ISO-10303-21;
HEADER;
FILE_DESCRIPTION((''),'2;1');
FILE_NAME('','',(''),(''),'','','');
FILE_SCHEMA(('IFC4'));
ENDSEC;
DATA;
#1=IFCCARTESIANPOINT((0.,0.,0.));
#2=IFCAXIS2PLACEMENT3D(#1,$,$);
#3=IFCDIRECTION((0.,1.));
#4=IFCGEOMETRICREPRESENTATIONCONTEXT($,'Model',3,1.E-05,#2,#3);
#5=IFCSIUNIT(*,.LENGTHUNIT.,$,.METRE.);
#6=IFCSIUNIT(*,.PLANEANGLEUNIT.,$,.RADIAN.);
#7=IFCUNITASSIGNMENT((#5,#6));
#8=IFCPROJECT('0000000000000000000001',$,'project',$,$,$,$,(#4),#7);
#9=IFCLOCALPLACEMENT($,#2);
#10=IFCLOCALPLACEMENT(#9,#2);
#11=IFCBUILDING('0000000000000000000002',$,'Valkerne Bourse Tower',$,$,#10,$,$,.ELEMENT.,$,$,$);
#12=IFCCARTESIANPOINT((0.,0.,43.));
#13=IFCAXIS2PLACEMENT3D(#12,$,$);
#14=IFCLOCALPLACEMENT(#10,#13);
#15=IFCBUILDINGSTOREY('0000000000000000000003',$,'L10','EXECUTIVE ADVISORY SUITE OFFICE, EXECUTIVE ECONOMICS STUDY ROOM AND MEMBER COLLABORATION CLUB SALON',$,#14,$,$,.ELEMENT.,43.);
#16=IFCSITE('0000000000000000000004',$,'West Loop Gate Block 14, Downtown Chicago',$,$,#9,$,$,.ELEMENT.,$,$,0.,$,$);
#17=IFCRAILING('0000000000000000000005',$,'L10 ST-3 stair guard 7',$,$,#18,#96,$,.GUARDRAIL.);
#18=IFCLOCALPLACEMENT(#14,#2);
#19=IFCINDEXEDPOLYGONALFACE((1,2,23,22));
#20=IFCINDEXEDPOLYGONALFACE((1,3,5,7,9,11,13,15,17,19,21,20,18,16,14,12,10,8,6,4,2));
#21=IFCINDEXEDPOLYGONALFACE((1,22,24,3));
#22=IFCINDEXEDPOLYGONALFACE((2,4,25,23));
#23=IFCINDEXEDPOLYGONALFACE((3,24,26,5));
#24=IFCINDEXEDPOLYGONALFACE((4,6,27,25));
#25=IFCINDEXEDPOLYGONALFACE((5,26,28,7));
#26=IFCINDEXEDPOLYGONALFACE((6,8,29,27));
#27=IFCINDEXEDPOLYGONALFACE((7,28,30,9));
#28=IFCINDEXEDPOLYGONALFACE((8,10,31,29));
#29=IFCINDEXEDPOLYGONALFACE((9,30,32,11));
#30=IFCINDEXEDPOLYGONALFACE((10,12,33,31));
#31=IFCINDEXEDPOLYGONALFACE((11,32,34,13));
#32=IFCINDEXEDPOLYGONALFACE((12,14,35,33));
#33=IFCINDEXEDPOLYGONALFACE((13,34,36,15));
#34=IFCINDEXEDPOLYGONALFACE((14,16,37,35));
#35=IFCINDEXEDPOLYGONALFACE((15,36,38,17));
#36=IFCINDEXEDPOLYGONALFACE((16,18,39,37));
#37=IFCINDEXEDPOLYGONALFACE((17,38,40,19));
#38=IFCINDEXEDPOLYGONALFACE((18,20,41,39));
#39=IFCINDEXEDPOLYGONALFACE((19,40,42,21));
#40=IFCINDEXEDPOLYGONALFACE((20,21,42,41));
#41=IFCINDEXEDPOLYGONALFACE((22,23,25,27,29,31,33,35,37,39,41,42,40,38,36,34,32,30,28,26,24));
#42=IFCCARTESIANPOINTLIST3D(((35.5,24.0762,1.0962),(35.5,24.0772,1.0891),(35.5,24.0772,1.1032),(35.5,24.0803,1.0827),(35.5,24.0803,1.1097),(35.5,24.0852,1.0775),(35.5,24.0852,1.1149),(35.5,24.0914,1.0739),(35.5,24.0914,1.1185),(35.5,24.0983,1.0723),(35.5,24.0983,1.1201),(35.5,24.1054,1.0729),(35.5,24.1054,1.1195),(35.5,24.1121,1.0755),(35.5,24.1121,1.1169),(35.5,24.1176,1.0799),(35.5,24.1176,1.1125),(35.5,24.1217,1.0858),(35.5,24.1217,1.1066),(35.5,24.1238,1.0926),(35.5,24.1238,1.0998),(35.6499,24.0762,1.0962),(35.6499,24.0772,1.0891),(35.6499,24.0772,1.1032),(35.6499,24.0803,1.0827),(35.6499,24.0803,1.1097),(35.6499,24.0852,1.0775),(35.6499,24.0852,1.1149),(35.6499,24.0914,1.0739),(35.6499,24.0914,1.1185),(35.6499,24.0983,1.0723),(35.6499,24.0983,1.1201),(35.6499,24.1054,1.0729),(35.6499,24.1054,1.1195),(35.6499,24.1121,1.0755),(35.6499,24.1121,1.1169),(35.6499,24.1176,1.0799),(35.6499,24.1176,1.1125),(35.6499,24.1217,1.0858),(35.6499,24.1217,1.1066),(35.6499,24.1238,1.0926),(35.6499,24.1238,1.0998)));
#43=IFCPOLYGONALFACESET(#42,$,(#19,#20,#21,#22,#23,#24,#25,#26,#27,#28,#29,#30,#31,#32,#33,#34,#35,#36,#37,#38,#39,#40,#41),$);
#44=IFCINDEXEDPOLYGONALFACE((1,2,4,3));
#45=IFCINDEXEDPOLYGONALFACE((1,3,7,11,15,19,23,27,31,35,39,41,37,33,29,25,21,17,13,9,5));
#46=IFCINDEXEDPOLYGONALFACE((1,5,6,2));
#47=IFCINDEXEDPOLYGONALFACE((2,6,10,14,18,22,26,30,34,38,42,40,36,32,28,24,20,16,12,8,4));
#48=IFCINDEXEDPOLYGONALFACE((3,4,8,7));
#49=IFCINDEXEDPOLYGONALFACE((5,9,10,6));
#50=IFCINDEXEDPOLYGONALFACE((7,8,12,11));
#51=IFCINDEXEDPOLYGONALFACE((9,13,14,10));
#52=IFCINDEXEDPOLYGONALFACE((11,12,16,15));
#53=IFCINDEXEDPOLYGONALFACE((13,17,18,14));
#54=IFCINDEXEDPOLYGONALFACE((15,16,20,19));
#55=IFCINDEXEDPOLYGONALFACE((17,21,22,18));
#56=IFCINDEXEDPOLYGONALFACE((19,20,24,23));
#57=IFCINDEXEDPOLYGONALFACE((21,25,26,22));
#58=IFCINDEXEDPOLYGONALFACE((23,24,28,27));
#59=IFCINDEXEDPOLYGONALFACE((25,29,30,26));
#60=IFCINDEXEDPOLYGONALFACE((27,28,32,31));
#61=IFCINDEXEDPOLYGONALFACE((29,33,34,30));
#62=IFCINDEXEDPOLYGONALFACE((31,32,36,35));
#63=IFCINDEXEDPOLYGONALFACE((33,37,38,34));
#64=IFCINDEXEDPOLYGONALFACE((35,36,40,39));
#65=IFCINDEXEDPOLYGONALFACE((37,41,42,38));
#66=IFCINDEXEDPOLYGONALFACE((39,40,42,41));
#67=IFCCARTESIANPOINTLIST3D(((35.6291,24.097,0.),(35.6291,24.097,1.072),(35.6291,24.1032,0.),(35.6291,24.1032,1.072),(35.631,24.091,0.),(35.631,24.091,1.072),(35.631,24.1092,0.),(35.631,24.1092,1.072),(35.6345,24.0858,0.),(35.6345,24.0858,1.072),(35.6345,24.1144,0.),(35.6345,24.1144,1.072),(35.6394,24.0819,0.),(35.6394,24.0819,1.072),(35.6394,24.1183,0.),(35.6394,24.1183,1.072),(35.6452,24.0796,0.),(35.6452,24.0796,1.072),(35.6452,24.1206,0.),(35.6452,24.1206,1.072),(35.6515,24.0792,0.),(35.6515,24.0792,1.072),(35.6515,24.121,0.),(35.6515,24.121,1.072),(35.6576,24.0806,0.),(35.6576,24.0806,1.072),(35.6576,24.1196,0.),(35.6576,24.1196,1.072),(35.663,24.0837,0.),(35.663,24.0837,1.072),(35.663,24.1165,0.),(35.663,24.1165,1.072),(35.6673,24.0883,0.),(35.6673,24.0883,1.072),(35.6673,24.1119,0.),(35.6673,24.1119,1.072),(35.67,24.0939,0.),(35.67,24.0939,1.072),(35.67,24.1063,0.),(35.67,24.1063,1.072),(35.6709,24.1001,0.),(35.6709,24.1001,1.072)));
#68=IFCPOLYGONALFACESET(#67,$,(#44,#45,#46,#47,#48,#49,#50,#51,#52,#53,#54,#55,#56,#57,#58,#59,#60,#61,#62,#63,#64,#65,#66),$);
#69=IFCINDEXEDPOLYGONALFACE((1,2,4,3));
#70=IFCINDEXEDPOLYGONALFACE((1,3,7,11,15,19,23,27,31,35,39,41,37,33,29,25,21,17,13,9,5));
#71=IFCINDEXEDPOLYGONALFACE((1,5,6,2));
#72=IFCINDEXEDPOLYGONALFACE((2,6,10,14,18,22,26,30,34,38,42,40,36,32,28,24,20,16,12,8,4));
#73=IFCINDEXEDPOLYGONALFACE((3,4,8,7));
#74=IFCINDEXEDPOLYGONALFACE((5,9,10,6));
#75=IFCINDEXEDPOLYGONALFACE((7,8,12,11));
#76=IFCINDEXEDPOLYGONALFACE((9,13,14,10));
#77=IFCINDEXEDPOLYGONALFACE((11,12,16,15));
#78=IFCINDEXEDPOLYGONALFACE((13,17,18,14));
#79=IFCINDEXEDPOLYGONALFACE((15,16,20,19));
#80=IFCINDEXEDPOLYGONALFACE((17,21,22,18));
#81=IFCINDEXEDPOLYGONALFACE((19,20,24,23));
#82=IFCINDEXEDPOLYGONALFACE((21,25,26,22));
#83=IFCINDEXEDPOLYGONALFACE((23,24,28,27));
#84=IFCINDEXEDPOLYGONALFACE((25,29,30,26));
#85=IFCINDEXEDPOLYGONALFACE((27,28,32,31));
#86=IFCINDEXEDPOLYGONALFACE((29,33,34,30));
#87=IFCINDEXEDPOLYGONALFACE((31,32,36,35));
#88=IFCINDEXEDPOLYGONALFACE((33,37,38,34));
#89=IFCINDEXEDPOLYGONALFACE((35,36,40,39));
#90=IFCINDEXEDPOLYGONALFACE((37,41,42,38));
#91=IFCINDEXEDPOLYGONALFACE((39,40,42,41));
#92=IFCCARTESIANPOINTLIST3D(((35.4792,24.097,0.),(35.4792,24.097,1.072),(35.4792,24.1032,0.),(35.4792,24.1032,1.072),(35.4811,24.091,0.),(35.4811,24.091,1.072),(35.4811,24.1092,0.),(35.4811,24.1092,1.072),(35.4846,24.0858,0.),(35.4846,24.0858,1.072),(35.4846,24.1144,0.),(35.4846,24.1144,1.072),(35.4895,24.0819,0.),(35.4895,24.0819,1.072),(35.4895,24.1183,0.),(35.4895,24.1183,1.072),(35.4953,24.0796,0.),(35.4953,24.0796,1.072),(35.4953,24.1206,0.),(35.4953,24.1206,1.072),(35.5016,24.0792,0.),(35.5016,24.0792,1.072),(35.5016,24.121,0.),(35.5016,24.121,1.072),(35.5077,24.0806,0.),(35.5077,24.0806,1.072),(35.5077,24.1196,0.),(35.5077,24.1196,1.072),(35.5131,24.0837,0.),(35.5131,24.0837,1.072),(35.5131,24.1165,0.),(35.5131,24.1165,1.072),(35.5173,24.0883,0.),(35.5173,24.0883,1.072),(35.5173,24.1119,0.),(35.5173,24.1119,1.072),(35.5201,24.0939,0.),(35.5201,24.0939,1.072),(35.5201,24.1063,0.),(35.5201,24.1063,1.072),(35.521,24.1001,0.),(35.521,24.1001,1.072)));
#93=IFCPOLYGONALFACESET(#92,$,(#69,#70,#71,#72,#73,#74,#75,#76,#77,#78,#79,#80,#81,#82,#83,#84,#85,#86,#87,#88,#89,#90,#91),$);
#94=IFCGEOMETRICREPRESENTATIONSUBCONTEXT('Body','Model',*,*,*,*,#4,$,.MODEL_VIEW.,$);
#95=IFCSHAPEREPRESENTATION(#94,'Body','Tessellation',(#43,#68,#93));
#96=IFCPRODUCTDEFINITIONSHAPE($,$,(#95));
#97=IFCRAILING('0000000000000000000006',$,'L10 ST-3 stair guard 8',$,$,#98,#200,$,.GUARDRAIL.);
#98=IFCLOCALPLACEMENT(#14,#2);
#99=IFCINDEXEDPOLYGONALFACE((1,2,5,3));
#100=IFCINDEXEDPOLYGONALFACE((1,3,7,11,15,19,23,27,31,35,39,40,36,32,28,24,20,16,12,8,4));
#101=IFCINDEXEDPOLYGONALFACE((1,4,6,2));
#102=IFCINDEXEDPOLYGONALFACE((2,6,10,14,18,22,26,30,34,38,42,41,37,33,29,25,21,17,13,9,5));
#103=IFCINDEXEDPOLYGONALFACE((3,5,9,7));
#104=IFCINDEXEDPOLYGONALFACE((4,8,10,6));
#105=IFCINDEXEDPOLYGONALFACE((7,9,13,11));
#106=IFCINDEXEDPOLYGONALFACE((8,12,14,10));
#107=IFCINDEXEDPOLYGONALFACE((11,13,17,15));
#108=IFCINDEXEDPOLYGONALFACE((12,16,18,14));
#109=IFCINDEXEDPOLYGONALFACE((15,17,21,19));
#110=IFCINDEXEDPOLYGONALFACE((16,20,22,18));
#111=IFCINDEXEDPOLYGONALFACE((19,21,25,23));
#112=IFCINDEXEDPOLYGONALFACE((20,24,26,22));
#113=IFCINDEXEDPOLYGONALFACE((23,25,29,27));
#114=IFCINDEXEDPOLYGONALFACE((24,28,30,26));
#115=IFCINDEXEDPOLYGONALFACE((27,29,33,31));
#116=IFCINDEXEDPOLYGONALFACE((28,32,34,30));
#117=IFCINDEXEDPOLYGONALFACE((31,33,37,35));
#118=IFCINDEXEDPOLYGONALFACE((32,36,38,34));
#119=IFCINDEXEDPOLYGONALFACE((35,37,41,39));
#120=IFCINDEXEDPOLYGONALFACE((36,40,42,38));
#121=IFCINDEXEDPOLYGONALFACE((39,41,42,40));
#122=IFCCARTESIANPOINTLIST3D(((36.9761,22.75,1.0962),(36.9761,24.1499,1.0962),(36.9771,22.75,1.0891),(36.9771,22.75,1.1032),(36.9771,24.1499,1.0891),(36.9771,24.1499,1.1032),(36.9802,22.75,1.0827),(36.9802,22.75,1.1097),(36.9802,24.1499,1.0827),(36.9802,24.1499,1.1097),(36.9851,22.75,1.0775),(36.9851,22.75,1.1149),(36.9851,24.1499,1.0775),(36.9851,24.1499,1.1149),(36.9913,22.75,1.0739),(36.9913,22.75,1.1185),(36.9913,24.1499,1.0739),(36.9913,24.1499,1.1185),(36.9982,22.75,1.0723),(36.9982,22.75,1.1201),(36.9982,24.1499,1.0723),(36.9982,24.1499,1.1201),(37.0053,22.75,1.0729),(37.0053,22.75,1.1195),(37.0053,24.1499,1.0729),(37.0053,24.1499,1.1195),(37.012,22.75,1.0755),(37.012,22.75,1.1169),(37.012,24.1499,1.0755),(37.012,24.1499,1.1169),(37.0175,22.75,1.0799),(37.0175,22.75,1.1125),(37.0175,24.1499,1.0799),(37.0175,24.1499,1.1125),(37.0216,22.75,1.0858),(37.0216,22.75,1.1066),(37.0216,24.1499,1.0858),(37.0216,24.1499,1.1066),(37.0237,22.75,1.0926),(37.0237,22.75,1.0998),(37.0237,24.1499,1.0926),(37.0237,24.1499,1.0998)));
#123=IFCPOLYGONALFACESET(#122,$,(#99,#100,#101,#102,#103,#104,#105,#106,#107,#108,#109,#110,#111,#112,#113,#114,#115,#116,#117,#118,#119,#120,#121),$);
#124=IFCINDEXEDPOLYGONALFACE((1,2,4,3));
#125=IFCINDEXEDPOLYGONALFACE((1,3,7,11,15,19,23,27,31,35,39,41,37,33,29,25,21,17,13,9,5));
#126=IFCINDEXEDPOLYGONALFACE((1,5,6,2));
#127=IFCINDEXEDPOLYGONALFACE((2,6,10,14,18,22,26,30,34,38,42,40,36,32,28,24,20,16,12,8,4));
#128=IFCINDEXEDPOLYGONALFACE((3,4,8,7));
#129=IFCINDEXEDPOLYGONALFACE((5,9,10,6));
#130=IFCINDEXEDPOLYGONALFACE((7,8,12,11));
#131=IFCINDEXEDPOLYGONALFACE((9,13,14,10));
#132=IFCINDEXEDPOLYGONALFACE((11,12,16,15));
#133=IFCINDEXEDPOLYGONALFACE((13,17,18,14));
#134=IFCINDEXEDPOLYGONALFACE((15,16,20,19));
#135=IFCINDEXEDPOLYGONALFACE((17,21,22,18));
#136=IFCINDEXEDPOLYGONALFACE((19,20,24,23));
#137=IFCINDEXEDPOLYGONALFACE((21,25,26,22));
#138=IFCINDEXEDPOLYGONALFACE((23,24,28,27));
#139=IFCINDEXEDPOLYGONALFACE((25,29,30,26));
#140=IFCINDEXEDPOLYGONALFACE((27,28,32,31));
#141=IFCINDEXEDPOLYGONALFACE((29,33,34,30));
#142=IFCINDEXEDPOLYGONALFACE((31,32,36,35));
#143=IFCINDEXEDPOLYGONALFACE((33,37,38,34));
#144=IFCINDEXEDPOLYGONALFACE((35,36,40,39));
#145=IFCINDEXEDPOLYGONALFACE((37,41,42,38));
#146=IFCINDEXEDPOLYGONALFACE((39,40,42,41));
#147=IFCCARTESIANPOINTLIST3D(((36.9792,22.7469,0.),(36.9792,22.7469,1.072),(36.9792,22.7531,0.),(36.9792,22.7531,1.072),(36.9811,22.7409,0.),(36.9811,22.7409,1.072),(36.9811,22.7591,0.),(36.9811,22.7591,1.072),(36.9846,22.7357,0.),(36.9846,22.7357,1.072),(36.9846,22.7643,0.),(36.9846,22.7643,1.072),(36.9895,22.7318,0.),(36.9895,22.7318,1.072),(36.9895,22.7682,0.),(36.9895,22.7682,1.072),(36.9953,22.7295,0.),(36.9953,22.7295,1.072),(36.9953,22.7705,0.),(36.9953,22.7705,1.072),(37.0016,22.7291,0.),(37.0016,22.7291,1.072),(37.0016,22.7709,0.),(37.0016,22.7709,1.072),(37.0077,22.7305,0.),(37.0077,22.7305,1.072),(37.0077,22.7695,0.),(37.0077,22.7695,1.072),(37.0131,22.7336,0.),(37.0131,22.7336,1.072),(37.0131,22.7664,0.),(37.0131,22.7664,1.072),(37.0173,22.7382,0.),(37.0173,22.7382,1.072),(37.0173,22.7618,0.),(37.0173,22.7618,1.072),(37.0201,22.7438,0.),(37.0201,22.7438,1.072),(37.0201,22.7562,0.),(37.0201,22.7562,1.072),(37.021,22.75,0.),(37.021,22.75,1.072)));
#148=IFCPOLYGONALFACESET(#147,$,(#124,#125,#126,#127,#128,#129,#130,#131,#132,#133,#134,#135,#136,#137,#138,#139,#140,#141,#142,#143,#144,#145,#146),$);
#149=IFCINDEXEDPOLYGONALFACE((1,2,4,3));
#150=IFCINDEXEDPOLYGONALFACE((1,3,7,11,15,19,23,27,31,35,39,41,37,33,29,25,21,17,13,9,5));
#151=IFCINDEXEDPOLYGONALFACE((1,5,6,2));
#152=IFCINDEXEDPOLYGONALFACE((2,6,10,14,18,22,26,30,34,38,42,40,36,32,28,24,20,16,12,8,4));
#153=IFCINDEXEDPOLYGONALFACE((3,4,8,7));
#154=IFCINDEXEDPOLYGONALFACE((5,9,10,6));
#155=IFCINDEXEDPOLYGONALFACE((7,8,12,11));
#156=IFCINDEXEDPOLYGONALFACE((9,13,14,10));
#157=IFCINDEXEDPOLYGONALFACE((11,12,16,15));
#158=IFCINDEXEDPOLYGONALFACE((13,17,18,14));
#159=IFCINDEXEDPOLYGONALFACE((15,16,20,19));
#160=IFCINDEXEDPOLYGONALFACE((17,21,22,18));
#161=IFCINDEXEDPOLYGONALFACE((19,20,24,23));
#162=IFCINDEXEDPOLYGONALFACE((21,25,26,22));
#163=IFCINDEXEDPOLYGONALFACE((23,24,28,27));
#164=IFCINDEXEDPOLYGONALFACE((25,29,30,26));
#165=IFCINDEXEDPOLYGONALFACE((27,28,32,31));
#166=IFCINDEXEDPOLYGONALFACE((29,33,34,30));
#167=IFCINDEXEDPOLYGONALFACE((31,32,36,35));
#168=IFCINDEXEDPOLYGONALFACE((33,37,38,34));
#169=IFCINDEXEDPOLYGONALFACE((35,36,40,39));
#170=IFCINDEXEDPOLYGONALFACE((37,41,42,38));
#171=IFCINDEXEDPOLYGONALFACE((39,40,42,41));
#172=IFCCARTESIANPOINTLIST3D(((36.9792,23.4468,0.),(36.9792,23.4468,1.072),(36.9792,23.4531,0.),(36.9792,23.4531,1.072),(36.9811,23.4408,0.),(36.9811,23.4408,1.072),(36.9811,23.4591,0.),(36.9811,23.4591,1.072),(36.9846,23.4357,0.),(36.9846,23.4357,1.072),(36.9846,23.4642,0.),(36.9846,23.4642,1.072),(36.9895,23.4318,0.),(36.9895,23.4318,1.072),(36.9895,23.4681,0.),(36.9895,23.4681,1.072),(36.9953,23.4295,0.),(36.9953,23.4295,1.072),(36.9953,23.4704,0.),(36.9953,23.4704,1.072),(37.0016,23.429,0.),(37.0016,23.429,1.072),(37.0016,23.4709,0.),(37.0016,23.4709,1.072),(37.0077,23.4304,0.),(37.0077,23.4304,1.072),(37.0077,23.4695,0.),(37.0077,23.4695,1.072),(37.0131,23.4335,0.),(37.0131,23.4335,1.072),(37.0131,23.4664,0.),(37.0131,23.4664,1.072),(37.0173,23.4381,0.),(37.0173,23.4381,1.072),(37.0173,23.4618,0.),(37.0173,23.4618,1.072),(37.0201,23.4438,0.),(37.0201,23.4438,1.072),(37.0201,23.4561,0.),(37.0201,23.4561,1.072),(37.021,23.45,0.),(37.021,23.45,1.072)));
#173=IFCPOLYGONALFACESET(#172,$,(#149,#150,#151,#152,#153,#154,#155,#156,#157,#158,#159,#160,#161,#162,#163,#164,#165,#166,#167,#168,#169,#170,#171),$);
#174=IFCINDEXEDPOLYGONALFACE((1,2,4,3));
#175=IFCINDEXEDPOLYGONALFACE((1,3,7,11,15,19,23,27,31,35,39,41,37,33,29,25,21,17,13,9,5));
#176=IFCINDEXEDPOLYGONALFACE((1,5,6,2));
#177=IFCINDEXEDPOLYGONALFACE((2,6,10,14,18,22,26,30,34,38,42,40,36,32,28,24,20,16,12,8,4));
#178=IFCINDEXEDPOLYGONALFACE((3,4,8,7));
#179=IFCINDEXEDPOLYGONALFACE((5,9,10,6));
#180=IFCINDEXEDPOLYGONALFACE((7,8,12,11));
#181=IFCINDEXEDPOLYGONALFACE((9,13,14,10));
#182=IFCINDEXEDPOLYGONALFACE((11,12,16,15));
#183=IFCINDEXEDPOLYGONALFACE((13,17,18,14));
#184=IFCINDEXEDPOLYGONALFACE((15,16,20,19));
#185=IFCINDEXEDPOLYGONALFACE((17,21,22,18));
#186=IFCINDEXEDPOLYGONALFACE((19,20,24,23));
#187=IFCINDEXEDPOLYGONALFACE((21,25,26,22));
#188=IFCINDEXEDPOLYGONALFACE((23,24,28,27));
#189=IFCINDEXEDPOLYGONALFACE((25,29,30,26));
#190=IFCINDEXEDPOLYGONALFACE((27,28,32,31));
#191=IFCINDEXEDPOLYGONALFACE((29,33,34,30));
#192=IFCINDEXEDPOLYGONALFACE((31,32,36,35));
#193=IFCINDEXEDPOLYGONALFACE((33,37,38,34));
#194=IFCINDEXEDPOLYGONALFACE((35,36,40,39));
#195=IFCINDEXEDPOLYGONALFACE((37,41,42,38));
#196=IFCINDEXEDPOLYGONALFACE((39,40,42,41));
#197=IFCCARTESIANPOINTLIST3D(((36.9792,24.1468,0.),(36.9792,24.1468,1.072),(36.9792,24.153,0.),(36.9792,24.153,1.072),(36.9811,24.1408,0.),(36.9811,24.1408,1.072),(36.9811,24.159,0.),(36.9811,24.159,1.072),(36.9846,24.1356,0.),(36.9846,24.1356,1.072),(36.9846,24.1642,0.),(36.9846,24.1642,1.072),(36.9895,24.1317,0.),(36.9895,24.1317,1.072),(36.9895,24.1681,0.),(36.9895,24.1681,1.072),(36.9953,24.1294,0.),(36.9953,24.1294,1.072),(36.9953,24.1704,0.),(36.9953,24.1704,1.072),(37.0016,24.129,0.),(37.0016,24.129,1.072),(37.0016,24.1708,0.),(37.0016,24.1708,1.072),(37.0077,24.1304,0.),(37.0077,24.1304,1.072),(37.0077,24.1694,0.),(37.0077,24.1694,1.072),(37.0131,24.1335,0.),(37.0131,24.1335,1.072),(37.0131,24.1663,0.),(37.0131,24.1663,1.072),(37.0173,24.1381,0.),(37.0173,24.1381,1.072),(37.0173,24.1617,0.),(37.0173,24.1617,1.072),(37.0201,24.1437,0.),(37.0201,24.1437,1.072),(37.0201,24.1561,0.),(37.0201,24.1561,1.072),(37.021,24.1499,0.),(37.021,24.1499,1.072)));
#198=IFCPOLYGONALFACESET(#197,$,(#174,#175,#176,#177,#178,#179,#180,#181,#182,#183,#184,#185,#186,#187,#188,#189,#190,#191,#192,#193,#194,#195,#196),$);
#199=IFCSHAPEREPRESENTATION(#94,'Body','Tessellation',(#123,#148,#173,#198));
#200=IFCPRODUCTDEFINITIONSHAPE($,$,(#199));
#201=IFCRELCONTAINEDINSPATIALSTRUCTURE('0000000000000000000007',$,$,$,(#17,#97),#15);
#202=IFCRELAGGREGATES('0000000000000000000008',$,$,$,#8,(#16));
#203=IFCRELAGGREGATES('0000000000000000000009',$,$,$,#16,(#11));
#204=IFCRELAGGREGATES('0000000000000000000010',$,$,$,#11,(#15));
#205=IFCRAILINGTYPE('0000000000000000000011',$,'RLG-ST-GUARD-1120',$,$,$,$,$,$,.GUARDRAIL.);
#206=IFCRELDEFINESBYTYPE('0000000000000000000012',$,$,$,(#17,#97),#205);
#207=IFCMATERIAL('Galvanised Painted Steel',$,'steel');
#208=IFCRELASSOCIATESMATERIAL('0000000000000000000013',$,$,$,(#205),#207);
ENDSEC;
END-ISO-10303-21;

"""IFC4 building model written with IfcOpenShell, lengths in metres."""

from ifc_helpers import new_model, si_unit, direction, frame, origin, origin_2d, place, context, subcontext, project, spatial, circle, extrude, material, type_object, element, save


model = new_model("IFC4")

# Units and contexts
model_context = context("Model", 3, precision=1e-05, world=origin(), true_north=direction((0.0, 1.0)))
body_context = subcontext(model_context, "Body", "Model", "MODEL_VIEW")
ifc_project = project(units=[si_unit("LENGTHUNIT", "METRE"), si_unit("PLANEANGLEUNIT", "RADIAN")], contexts=[model_context])

# Site, building, storey
site_placement = place(None, origin())
site = spatial("IfcSite", under=ifc_project, at=site_placement, Name="West Loop Gate Block 14, Downtown Chicago", CompositionType="ELEMENT", RefElevation=0.0)
building_placement = place(site_placement, origin())
building = spatial("IfcBuilding", under=site, at=building_placement, Name="Valkerne Bourse Tower", CompositionType="ELEMENT")
storey_placement = place(building_placement, frame((0.0, 0.0, 43.0)))
storey = spatial("IfcBuildingStorey", under=building, at=storey_placement, Name="L10", Description="EXECUTIVE ADVISORY SUITE OFFICE, EXECUTIVE ECONOMICS STUDY ROOM AND MEMBER COLLABORATION CLUB SALON", CompositionType="ELEMENT", Elevation=43.0)

# Shared definitions
ifc_material_1 = material(Name="Galvanised Painted Steel", Category="steel")

# Railings
railing_type_1 = type_object("IfcRailingType", Name="RLG-ST-GUARD-1120", PredefinedType="GUARDRAIL", material=ifc_material_1)
railing_1_placement = place(storey_placement, frame((35.6499, 24.1001, 0.0)))
element("IfcRailing", 1, at=railing_1_placement, inside=storey, type_object=railing_type_1, Name="L10 ST-3 stair guard 7", PredefinedType="GUARDRAIL", context=body_context, shape_type="SweptSolid", body=[
    extrude(circle(Radius=0.0239, at=origin_2d()), frame((0.0, 0.0, 1.0962), z_axis=(-1.0, 0.0, 0.0), x_axis=(0.0, -1.0, 0.0)), (0.0, 0.0, 1.0), 0.1499),
    extrude(circle(Radius=0.021, at=origin_2d()), origin(), (0.0, 0.0, 1.0), 1.072),
    extrude(circle(Radius=0.021, at=origin_2d()), frame((-0.1499, 0.0, 0.0)), (0.0, 0.0, 1.0), 1.072),
])
for number, where, name in (
    (2, (37.0, 22.75, 0.0), "L10 ST-3 stair guard 8"),
):
    element("IfcRailing", number, at=place(storey_placement, frame(where)), inside=storey, type_object=railing_type_1, Name=name, PredefinedType="GUARDRAIL", context=body_context, shape_type="SweptSolid", body=[
        extrude(circle(Radius=0.0239, at=origin_2d()), frame((0.0, 0.0, 1.0962), z_axis=(0.0, 1.0, 0.0), x_axis=(-1.0, 0.0, 0.0)), (0.0, 0.0, 1.0), 1.3999),
        extrude(circle(Radius=0.021, at=origin_2d()), origin(), (0.0, 0.0, 1.0), 1.072),
        extrude(circle(Radius=0.021, at=origin_2d()), frame((0.0, 0.7, 0.0)), (0.0, 0.0, 1.0), 1.072),
        extrude(circle(Radius=0.021, at=origin_2d()), frame((0.0, 1.3999, 0.0)), (0.0, 0.0, 1.0), 1.072),
    ])

save(model, "model.ifc")
